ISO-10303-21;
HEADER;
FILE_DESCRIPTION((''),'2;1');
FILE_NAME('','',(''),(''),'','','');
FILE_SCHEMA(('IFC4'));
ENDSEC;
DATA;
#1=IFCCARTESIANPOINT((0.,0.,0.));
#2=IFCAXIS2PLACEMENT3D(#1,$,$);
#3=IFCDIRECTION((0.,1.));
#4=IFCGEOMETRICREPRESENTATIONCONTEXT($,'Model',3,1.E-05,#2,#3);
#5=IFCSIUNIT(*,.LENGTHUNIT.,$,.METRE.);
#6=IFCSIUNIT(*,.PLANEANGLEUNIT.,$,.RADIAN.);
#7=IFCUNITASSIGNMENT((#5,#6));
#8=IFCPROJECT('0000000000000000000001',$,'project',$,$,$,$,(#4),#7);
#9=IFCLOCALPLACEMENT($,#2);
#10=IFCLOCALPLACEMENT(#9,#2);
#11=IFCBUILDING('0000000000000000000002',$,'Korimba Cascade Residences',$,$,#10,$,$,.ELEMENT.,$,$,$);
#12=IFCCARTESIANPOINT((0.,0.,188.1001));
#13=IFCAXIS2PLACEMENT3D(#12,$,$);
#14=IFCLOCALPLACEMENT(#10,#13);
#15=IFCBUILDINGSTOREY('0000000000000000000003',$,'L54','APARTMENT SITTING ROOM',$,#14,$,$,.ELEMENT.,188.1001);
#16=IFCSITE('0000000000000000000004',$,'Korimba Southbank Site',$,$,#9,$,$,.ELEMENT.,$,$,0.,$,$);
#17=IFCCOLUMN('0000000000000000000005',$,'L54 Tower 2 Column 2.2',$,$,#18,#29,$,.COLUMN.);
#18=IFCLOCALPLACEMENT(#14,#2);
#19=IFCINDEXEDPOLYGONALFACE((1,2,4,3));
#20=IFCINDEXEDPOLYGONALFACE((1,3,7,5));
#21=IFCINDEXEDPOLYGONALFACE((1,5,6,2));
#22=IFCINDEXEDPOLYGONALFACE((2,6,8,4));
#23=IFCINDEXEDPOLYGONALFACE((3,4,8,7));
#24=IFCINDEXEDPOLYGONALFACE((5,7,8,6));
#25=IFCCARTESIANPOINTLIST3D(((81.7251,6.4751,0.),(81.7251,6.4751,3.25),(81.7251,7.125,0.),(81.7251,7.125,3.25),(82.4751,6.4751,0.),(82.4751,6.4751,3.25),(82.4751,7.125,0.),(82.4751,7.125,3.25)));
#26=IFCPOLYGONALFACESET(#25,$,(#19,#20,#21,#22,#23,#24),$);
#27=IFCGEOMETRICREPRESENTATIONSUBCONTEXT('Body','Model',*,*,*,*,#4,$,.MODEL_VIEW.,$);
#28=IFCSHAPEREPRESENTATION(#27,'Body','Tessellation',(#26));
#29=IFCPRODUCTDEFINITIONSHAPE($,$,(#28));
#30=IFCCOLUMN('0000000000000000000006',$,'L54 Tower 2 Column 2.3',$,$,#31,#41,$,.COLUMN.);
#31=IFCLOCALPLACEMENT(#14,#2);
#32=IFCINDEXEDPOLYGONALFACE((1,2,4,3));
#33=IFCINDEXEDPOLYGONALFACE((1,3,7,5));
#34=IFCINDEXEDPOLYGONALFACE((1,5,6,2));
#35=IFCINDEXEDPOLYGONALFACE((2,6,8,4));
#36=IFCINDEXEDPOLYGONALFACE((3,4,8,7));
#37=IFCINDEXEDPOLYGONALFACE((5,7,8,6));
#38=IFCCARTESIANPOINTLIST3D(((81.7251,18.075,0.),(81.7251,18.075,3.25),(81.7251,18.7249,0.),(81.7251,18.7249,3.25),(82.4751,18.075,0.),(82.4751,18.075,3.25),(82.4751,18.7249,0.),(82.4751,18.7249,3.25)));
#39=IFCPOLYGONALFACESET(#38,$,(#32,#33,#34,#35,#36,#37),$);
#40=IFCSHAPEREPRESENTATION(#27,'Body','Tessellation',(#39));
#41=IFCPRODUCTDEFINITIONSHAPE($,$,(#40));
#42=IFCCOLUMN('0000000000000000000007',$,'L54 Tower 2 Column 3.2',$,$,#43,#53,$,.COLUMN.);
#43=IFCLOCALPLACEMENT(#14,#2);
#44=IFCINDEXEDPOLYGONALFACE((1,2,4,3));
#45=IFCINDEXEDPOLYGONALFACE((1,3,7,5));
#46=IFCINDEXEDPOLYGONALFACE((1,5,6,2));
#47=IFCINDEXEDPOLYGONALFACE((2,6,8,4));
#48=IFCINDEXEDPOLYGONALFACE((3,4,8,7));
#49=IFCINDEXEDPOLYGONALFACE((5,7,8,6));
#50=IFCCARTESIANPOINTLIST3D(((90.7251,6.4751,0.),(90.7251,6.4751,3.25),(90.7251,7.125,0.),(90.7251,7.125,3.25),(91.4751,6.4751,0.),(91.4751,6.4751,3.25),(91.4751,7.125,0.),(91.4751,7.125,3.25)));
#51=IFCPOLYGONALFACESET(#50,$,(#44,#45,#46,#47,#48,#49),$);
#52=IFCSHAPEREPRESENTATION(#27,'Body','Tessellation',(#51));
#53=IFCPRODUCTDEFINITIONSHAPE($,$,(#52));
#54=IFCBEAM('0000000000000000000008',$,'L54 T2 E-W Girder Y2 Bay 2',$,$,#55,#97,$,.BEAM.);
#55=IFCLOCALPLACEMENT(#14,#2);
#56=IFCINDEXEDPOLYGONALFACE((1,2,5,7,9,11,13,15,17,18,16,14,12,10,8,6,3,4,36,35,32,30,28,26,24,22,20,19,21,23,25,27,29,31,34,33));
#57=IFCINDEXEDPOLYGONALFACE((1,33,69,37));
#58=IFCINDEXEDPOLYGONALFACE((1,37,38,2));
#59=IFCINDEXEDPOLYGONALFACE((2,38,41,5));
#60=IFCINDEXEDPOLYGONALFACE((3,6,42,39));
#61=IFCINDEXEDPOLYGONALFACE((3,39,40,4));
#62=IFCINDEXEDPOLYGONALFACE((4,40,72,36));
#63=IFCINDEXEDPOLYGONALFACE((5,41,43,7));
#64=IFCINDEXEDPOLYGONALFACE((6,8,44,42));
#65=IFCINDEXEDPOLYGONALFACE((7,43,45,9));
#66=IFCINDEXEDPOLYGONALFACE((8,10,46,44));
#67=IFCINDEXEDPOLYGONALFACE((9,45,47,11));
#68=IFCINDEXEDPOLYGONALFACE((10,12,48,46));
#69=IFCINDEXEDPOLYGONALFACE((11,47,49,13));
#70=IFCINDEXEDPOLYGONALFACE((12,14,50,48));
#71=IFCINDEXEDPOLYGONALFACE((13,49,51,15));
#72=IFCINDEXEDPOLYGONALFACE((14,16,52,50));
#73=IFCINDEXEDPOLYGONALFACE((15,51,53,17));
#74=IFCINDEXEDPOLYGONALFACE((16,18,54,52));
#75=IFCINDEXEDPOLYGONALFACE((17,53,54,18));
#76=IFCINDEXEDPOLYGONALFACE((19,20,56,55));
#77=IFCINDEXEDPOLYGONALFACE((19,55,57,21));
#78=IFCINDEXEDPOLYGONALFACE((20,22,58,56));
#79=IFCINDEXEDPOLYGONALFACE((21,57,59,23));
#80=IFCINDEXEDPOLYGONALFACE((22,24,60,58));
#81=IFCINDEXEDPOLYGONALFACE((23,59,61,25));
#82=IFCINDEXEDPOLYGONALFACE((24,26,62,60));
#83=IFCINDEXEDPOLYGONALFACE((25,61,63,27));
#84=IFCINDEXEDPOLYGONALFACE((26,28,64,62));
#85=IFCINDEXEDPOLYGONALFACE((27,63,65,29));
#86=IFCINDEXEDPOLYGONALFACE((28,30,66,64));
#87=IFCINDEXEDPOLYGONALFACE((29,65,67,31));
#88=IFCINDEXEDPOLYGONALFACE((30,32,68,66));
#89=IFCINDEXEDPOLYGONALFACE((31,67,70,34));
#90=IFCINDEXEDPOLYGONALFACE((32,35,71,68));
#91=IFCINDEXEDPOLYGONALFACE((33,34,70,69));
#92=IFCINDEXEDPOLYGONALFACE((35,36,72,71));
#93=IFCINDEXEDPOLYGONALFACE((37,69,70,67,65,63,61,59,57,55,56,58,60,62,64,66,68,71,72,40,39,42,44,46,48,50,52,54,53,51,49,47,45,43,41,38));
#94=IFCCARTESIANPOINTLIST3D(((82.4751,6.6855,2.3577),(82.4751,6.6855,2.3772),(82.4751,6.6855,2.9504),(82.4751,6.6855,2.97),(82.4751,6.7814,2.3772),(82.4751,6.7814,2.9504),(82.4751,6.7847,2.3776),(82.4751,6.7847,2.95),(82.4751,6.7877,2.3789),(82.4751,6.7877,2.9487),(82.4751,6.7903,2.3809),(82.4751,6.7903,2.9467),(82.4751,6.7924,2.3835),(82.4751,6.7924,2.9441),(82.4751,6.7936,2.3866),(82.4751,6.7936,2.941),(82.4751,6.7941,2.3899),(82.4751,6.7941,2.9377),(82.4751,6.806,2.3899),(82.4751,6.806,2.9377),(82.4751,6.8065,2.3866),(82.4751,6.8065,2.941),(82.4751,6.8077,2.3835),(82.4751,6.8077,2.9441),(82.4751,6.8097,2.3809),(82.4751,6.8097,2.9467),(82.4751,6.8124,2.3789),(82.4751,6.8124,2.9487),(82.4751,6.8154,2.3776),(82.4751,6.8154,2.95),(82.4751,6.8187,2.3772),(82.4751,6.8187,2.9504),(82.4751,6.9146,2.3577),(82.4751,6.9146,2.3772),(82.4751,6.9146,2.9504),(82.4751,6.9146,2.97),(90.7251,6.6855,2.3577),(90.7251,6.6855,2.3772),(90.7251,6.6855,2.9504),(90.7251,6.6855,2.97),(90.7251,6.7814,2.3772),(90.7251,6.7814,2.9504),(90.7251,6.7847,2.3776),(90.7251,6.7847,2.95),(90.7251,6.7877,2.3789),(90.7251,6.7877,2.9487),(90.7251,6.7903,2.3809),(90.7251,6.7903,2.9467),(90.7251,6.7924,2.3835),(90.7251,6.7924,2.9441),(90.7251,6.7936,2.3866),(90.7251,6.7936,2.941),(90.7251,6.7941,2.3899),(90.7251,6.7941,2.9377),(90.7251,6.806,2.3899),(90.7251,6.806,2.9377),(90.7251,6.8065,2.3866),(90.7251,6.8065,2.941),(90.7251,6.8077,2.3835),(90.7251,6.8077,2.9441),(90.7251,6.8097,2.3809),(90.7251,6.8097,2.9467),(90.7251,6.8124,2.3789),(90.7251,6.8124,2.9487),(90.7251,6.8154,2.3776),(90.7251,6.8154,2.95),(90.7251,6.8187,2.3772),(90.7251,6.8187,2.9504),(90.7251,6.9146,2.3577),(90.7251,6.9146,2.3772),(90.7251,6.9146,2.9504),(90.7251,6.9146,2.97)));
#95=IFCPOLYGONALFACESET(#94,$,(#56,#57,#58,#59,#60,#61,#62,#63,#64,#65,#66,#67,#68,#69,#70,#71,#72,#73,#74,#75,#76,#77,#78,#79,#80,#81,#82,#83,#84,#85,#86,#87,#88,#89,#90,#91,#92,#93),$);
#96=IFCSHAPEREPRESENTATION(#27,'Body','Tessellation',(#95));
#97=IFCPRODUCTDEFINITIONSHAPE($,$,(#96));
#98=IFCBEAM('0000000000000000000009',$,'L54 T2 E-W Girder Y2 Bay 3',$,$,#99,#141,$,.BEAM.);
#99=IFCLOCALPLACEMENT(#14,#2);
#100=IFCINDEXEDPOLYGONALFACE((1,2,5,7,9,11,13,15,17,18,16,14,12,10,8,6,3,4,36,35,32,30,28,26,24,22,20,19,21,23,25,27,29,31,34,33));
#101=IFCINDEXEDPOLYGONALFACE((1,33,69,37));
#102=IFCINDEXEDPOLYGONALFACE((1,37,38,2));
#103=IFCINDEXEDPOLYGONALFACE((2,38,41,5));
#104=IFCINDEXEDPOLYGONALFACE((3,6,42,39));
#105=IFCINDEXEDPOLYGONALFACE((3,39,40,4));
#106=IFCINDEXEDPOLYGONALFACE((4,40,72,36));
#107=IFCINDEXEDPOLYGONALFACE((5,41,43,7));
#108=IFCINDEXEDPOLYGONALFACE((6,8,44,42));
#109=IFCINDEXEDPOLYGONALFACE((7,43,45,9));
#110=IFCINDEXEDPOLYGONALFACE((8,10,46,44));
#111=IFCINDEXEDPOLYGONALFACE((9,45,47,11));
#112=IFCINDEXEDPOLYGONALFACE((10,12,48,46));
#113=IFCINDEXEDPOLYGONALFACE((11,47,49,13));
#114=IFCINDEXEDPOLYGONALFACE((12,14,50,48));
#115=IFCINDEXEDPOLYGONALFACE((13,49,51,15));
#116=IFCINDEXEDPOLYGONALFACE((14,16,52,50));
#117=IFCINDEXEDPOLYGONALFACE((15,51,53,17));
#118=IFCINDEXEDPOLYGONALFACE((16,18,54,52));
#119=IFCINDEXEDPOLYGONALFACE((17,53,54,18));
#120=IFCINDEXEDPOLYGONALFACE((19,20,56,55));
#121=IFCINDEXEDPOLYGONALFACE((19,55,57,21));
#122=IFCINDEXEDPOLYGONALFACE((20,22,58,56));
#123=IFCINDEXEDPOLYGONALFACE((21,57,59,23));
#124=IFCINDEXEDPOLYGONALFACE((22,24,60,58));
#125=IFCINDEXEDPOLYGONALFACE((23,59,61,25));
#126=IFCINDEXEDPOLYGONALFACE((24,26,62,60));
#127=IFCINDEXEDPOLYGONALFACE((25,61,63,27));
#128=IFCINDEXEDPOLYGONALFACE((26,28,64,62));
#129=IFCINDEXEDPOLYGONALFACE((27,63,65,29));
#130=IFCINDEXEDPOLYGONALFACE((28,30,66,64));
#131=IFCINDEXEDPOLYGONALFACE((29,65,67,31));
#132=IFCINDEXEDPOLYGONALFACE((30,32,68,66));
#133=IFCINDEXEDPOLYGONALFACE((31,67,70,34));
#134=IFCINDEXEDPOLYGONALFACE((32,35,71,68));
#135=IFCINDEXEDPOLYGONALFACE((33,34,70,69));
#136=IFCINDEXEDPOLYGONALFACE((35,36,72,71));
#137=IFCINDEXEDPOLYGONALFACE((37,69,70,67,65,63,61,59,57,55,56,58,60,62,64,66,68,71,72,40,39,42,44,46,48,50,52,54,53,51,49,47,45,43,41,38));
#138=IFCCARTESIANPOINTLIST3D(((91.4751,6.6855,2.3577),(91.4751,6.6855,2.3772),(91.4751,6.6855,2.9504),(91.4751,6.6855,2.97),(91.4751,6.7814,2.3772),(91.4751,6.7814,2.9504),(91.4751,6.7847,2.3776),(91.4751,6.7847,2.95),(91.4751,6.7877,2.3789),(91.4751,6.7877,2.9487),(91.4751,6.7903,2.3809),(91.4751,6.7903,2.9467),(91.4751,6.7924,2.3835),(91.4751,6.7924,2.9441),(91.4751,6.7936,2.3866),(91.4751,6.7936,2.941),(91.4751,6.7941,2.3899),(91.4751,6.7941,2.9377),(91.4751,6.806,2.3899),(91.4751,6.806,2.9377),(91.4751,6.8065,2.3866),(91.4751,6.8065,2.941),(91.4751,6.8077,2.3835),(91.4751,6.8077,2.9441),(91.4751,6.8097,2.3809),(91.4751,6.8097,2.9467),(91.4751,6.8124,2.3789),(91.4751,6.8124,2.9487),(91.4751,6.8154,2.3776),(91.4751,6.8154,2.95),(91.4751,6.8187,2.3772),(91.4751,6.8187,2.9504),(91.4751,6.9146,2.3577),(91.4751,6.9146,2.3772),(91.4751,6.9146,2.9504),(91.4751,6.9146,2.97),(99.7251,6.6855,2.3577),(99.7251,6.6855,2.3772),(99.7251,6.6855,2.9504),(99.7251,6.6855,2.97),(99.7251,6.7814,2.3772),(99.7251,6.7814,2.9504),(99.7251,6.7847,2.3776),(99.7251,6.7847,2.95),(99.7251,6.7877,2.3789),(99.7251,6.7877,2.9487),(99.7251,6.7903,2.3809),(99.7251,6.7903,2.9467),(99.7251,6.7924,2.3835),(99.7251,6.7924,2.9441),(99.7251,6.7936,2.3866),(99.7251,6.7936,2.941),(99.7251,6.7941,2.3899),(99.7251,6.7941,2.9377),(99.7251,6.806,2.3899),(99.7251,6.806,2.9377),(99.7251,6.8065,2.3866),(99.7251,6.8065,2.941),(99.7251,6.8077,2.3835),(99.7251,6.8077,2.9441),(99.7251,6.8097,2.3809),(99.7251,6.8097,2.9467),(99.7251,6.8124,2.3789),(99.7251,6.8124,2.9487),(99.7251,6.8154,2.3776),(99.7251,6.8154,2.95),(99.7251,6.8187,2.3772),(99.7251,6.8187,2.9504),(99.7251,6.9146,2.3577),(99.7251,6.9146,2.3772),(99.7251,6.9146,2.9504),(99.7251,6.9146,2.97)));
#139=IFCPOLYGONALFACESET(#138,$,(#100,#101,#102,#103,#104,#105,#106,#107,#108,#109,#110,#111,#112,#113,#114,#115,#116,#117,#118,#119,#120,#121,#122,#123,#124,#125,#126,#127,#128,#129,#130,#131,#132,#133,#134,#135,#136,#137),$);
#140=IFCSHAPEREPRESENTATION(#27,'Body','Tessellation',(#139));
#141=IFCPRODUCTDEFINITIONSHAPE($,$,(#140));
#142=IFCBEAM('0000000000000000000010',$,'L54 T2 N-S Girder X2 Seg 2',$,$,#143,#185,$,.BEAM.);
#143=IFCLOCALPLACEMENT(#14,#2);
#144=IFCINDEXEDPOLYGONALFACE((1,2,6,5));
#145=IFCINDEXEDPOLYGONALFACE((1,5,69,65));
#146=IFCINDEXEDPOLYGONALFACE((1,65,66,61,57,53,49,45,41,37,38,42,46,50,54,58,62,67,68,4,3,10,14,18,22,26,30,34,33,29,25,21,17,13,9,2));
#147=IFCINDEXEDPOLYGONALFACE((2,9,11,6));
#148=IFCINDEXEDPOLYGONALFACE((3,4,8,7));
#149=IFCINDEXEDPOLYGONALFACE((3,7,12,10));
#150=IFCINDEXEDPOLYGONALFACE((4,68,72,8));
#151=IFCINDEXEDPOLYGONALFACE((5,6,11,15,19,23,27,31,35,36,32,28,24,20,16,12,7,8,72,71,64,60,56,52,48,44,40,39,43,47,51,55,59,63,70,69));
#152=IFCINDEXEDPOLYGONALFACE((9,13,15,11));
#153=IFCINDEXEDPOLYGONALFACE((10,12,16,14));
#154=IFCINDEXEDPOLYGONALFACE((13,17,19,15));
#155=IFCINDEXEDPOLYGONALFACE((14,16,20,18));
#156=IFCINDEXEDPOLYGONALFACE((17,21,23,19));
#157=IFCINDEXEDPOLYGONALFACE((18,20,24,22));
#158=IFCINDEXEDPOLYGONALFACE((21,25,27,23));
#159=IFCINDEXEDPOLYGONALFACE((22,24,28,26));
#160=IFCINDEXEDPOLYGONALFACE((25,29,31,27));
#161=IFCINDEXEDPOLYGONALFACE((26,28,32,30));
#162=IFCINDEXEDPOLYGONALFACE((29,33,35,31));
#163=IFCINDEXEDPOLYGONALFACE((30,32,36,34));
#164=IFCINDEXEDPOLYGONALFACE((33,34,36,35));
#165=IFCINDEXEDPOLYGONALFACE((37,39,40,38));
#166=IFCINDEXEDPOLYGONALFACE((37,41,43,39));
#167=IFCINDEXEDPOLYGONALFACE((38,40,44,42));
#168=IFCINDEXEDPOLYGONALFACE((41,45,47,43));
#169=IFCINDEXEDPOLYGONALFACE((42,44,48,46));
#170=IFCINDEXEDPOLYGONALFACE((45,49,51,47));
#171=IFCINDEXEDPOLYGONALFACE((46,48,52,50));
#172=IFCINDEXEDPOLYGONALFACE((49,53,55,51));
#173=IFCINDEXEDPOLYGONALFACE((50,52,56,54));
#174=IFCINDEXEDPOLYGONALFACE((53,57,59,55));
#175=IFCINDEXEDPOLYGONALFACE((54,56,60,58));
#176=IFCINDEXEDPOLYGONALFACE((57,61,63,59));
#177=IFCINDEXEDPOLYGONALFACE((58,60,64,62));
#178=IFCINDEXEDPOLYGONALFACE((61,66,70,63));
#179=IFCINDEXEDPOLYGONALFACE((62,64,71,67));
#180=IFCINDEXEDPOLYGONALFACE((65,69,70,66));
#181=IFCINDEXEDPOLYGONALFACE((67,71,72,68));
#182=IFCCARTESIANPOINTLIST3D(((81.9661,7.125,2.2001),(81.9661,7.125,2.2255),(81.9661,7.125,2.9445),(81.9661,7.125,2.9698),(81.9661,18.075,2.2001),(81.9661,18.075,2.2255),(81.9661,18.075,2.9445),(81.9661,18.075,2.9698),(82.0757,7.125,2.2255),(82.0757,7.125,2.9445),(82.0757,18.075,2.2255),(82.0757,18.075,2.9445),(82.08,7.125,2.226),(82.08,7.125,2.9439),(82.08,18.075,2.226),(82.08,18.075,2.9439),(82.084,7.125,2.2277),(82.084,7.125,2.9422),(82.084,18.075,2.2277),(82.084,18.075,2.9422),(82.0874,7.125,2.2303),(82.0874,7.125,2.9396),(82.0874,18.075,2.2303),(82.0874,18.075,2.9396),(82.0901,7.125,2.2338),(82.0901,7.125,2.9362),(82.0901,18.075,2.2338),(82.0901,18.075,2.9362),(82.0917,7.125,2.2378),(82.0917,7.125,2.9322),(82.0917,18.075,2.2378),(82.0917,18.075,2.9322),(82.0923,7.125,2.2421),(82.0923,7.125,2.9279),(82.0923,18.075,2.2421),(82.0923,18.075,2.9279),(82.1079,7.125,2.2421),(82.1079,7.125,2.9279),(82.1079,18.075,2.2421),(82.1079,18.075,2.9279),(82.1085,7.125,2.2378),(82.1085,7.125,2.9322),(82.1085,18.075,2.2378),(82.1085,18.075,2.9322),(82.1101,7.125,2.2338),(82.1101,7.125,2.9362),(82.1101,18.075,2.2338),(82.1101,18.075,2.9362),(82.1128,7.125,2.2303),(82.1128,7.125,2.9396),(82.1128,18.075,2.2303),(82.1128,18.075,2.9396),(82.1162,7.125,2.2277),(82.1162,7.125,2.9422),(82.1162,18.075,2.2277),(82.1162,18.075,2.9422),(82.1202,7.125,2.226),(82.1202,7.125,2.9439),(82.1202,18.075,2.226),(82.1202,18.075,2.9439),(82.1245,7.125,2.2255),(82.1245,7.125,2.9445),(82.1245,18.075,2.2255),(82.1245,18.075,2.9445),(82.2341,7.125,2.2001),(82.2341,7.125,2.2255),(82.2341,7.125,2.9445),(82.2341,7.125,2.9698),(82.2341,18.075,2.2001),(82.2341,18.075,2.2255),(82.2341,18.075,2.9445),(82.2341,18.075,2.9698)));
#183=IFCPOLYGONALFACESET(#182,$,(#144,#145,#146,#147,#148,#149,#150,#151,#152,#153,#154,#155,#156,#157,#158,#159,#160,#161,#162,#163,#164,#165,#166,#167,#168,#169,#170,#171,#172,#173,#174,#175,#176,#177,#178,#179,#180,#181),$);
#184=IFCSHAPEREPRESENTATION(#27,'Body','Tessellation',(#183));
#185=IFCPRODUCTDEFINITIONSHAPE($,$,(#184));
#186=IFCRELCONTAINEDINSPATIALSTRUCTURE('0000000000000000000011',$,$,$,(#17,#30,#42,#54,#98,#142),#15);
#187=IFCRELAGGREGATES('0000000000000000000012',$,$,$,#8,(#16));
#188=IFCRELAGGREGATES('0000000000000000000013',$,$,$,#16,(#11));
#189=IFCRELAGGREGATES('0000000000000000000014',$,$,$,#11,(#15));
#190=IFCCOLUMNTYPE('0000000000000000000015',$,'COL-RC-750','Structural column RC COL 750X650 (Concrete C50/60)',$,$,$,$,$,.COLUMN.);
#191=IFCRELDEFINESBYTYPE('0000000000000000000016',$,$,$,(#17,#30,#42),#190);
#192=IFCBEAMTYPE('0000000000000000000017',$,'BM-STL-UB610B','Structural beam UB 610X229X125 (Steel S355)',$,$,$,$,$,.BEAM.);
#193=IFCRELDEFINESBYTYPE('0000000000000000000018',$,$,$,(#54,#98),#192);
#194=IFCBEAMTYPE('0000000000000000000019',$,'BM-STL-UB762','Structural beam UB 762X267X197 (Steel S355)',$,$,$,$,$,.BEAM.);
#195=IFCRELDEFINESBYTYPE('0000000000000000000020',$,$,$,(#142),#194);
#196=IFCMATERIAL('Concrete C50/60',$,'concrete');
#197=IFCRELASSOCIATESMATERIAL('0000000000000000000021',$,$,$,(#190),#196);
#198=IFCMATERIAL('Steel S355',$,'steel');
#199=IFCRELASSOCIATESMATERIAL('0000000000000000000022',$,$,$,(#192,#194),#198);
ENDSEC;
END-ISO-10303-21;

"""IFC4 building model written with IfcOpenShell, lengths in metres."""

from ifc_helpers import new_model, si_unit, direction, frame, origin, origin_2d, place, context, subcontext, project, spatial, rectangle, i_section, extrude, material, material_profile, profile_set, type_object, element, save


model = new_model("IFC4")

# Units and contexts
model_context = context("Model", 3, precision=1e-05, world=origin(), true_north=direction((0.0, 1.0)))
body_context = subcontext(model_context, "Body", "Model", "MODEL_VIEW")
ifc_project = project(units=[si_unit("LENGTHUNIT", "METRE"), si_unit("PLANEANGLEUNIT", "RADIAN")], contexts=[model_context])

# Site, building, storey
site_placement = place(None, origin())
site = spatial("IfcSite", under=ifc_project, at=site_placement, Name="Korimba Southbank Site", CompositionType="ELEMENT", RefElevation=0.0)
building_placement = place(site_placement, origin())
building = spatial("IfcBuilding", under=site, at=building_placement, Name="Korimba Cascade Residences", CompositionType="ELEMENT")
storey_placement = place(building_placement, frame((0.0, 0.0, 188.1001)))
storey = spatial("IfcBuildingStorey", under=building, at=storey_placement, Name="L54", Description="APARTMENT SITTING ROOM", CompositionType="ELEMENT", Elevation=188.1001)

# Columns
ifc_material_1 = material(Name="Concrete C50/60", Category="concrete")
ifc_material_profile_1 = material_profile(ifc_material_1, rectangle(XDim=0.75, YDim=0.6499, at=origin_2d()), Name="Concrete C50/60")
ifc_profile_set_1 = profile_set([ifc_material_profile_1], Name="Concrete C50/60")
column_type = type_object("IfcColumnType", Name="COL-RC-750", Description="Structural column RC COL 750X650 (Concrete C50/60)", PredefinedType="COLUMN", material=ifc_profile_set_1)
for number, where, z_axis, x_axis, name in (
    (1, (82.1001, 6.8, 0.0), (0.0, 0.0, 1.0), (1.0, 0.0, 0.0), "L54 Tower 2 Column 2.2"),
    (2, (82.1001, 18.3999, 0.0), (0.0, 0.0, 1.0), (1.0, 0.0, 0.0), "L54 Tower 2 Column 2.3"),
    (3, (91.1001, 6.8, 0.0), (0.0, 0.0, 1.0), (1.0, 0.0, 0.0), "L54 Tower 2 Column 3.2"),
):
    element("IfcColumn", number, at=place(storey_placement, frame(where, z_axis=z_axis, x_axis=x_axis)), inside=storey, type_object=column_type, Name=name, PredefinedType="COLUMN", context=body_context, shape_type="SweptSolid", body=[
        extrude(rectangle(XDim=0.75, YDim=0.6499, at=origin_2d()), origin(), (0.0, 0.0, 1.0), 3.25),
    ])

# Beams
ifc_material_2 = material(Name="Steel S355", Category="steel")
ifc_material_profile_2 = material_profile(ifc_material_2, i_section(OverallWidth=0.229, OverallDepth=0.6123, WebThickness=0.012, FlangeThickness=0.0195, FilletRadius=0.0127, at=origin_2d()), Name="Steel S355")
ifc_profile_set_2 = profile_set([ifc_material_profile_2], Name="Steel S355")
beam_type_1 = type_object("IfcBeamType", Name="BM-STL-UB610B", Description="Structural beam UB 610X229X125 (Steel S355)", PredefinedType="BEAM", material=ifc_profile_set_2)
for number, where, z_axis, x_axis, name in (
    (4, (82.4751, 6.8, 2.6638), (1.0, 0.0, 0.0), (0.0, 1.0, 0.0), "L54 T2 E-W Girder Y2 Bay 2"),
    (5, (91.4751, 6.8, 2.6638), (1.0, 0.0, 0.0), (0.0, 1.0, 0.0), "L54 T2 E-W Girder Y2 Bay 3"),
):
    element("IfcBeam", number, at=place(storey_placement, frame(where, z_axis=z_axis, x_axis=x_axis)), inside=storey, type_object=beam_type_1, Name=name, PredefinedType="BEAM", context=body_context, shape_type="SweptSolid", body=[
        extrude(i_section(OverallWidth=0.229, OverallDepth=0.6123, WebThickness=0.012, FlangeThickness=0.0195, FilletRadius=0.0127, at=origin_2d()), origin(), (0.0, 0.0, 1.0), 8.25),
    ])
ifc_material_profile_3 = material_profile(ifc_material_2, i_section(OverallWidth=0.2681, OverallDepth=0.7698, WebThickness=0.0156, FlangeThickness=0.0254, FilletRadius=0.0166, at=origin_2d()), Name="Steel S355")
ifc_profile_set_3 = profile_set([ifc_material_profile_3], Name="Steel S355")
beam_type_2 = type_object("IfcBeamType", Name="BM-STL-UB762", Description="Structural beam UB 762X267X197 (Steel S355)", PredefinedType="BEAM", material=ifc_profile_set_3)
for number, where, z_axis, x_axis, name in (
    (6, (82.1001, 7.125, 2.585), (0.0, 1.0, 0.0), (-1.0, 0.0, 0.0), "L54 T2 N-S Girder X2 Seg 2"),
):
    element("IfcBeam", number, at=place(storey_placement, frame(where, z_axis=z_axis, x_axis=x_axis)), inside=storey, type_object=beam_type_2, Name=name, PredefinedType="BEAM", context=body_context, shape_type="SweptSolid", body=[
        extrude(i_section(OverallWidth=0.2681, OverallDepth=0.7698, WebThickness=0.0156, FlangeThickness=0.0254, FilletRadius=0.0166, at=origin_2d()), origin(), (0.0, 0.0, 1.0), 10.95),
    ])

save(model, "model.ifc")
